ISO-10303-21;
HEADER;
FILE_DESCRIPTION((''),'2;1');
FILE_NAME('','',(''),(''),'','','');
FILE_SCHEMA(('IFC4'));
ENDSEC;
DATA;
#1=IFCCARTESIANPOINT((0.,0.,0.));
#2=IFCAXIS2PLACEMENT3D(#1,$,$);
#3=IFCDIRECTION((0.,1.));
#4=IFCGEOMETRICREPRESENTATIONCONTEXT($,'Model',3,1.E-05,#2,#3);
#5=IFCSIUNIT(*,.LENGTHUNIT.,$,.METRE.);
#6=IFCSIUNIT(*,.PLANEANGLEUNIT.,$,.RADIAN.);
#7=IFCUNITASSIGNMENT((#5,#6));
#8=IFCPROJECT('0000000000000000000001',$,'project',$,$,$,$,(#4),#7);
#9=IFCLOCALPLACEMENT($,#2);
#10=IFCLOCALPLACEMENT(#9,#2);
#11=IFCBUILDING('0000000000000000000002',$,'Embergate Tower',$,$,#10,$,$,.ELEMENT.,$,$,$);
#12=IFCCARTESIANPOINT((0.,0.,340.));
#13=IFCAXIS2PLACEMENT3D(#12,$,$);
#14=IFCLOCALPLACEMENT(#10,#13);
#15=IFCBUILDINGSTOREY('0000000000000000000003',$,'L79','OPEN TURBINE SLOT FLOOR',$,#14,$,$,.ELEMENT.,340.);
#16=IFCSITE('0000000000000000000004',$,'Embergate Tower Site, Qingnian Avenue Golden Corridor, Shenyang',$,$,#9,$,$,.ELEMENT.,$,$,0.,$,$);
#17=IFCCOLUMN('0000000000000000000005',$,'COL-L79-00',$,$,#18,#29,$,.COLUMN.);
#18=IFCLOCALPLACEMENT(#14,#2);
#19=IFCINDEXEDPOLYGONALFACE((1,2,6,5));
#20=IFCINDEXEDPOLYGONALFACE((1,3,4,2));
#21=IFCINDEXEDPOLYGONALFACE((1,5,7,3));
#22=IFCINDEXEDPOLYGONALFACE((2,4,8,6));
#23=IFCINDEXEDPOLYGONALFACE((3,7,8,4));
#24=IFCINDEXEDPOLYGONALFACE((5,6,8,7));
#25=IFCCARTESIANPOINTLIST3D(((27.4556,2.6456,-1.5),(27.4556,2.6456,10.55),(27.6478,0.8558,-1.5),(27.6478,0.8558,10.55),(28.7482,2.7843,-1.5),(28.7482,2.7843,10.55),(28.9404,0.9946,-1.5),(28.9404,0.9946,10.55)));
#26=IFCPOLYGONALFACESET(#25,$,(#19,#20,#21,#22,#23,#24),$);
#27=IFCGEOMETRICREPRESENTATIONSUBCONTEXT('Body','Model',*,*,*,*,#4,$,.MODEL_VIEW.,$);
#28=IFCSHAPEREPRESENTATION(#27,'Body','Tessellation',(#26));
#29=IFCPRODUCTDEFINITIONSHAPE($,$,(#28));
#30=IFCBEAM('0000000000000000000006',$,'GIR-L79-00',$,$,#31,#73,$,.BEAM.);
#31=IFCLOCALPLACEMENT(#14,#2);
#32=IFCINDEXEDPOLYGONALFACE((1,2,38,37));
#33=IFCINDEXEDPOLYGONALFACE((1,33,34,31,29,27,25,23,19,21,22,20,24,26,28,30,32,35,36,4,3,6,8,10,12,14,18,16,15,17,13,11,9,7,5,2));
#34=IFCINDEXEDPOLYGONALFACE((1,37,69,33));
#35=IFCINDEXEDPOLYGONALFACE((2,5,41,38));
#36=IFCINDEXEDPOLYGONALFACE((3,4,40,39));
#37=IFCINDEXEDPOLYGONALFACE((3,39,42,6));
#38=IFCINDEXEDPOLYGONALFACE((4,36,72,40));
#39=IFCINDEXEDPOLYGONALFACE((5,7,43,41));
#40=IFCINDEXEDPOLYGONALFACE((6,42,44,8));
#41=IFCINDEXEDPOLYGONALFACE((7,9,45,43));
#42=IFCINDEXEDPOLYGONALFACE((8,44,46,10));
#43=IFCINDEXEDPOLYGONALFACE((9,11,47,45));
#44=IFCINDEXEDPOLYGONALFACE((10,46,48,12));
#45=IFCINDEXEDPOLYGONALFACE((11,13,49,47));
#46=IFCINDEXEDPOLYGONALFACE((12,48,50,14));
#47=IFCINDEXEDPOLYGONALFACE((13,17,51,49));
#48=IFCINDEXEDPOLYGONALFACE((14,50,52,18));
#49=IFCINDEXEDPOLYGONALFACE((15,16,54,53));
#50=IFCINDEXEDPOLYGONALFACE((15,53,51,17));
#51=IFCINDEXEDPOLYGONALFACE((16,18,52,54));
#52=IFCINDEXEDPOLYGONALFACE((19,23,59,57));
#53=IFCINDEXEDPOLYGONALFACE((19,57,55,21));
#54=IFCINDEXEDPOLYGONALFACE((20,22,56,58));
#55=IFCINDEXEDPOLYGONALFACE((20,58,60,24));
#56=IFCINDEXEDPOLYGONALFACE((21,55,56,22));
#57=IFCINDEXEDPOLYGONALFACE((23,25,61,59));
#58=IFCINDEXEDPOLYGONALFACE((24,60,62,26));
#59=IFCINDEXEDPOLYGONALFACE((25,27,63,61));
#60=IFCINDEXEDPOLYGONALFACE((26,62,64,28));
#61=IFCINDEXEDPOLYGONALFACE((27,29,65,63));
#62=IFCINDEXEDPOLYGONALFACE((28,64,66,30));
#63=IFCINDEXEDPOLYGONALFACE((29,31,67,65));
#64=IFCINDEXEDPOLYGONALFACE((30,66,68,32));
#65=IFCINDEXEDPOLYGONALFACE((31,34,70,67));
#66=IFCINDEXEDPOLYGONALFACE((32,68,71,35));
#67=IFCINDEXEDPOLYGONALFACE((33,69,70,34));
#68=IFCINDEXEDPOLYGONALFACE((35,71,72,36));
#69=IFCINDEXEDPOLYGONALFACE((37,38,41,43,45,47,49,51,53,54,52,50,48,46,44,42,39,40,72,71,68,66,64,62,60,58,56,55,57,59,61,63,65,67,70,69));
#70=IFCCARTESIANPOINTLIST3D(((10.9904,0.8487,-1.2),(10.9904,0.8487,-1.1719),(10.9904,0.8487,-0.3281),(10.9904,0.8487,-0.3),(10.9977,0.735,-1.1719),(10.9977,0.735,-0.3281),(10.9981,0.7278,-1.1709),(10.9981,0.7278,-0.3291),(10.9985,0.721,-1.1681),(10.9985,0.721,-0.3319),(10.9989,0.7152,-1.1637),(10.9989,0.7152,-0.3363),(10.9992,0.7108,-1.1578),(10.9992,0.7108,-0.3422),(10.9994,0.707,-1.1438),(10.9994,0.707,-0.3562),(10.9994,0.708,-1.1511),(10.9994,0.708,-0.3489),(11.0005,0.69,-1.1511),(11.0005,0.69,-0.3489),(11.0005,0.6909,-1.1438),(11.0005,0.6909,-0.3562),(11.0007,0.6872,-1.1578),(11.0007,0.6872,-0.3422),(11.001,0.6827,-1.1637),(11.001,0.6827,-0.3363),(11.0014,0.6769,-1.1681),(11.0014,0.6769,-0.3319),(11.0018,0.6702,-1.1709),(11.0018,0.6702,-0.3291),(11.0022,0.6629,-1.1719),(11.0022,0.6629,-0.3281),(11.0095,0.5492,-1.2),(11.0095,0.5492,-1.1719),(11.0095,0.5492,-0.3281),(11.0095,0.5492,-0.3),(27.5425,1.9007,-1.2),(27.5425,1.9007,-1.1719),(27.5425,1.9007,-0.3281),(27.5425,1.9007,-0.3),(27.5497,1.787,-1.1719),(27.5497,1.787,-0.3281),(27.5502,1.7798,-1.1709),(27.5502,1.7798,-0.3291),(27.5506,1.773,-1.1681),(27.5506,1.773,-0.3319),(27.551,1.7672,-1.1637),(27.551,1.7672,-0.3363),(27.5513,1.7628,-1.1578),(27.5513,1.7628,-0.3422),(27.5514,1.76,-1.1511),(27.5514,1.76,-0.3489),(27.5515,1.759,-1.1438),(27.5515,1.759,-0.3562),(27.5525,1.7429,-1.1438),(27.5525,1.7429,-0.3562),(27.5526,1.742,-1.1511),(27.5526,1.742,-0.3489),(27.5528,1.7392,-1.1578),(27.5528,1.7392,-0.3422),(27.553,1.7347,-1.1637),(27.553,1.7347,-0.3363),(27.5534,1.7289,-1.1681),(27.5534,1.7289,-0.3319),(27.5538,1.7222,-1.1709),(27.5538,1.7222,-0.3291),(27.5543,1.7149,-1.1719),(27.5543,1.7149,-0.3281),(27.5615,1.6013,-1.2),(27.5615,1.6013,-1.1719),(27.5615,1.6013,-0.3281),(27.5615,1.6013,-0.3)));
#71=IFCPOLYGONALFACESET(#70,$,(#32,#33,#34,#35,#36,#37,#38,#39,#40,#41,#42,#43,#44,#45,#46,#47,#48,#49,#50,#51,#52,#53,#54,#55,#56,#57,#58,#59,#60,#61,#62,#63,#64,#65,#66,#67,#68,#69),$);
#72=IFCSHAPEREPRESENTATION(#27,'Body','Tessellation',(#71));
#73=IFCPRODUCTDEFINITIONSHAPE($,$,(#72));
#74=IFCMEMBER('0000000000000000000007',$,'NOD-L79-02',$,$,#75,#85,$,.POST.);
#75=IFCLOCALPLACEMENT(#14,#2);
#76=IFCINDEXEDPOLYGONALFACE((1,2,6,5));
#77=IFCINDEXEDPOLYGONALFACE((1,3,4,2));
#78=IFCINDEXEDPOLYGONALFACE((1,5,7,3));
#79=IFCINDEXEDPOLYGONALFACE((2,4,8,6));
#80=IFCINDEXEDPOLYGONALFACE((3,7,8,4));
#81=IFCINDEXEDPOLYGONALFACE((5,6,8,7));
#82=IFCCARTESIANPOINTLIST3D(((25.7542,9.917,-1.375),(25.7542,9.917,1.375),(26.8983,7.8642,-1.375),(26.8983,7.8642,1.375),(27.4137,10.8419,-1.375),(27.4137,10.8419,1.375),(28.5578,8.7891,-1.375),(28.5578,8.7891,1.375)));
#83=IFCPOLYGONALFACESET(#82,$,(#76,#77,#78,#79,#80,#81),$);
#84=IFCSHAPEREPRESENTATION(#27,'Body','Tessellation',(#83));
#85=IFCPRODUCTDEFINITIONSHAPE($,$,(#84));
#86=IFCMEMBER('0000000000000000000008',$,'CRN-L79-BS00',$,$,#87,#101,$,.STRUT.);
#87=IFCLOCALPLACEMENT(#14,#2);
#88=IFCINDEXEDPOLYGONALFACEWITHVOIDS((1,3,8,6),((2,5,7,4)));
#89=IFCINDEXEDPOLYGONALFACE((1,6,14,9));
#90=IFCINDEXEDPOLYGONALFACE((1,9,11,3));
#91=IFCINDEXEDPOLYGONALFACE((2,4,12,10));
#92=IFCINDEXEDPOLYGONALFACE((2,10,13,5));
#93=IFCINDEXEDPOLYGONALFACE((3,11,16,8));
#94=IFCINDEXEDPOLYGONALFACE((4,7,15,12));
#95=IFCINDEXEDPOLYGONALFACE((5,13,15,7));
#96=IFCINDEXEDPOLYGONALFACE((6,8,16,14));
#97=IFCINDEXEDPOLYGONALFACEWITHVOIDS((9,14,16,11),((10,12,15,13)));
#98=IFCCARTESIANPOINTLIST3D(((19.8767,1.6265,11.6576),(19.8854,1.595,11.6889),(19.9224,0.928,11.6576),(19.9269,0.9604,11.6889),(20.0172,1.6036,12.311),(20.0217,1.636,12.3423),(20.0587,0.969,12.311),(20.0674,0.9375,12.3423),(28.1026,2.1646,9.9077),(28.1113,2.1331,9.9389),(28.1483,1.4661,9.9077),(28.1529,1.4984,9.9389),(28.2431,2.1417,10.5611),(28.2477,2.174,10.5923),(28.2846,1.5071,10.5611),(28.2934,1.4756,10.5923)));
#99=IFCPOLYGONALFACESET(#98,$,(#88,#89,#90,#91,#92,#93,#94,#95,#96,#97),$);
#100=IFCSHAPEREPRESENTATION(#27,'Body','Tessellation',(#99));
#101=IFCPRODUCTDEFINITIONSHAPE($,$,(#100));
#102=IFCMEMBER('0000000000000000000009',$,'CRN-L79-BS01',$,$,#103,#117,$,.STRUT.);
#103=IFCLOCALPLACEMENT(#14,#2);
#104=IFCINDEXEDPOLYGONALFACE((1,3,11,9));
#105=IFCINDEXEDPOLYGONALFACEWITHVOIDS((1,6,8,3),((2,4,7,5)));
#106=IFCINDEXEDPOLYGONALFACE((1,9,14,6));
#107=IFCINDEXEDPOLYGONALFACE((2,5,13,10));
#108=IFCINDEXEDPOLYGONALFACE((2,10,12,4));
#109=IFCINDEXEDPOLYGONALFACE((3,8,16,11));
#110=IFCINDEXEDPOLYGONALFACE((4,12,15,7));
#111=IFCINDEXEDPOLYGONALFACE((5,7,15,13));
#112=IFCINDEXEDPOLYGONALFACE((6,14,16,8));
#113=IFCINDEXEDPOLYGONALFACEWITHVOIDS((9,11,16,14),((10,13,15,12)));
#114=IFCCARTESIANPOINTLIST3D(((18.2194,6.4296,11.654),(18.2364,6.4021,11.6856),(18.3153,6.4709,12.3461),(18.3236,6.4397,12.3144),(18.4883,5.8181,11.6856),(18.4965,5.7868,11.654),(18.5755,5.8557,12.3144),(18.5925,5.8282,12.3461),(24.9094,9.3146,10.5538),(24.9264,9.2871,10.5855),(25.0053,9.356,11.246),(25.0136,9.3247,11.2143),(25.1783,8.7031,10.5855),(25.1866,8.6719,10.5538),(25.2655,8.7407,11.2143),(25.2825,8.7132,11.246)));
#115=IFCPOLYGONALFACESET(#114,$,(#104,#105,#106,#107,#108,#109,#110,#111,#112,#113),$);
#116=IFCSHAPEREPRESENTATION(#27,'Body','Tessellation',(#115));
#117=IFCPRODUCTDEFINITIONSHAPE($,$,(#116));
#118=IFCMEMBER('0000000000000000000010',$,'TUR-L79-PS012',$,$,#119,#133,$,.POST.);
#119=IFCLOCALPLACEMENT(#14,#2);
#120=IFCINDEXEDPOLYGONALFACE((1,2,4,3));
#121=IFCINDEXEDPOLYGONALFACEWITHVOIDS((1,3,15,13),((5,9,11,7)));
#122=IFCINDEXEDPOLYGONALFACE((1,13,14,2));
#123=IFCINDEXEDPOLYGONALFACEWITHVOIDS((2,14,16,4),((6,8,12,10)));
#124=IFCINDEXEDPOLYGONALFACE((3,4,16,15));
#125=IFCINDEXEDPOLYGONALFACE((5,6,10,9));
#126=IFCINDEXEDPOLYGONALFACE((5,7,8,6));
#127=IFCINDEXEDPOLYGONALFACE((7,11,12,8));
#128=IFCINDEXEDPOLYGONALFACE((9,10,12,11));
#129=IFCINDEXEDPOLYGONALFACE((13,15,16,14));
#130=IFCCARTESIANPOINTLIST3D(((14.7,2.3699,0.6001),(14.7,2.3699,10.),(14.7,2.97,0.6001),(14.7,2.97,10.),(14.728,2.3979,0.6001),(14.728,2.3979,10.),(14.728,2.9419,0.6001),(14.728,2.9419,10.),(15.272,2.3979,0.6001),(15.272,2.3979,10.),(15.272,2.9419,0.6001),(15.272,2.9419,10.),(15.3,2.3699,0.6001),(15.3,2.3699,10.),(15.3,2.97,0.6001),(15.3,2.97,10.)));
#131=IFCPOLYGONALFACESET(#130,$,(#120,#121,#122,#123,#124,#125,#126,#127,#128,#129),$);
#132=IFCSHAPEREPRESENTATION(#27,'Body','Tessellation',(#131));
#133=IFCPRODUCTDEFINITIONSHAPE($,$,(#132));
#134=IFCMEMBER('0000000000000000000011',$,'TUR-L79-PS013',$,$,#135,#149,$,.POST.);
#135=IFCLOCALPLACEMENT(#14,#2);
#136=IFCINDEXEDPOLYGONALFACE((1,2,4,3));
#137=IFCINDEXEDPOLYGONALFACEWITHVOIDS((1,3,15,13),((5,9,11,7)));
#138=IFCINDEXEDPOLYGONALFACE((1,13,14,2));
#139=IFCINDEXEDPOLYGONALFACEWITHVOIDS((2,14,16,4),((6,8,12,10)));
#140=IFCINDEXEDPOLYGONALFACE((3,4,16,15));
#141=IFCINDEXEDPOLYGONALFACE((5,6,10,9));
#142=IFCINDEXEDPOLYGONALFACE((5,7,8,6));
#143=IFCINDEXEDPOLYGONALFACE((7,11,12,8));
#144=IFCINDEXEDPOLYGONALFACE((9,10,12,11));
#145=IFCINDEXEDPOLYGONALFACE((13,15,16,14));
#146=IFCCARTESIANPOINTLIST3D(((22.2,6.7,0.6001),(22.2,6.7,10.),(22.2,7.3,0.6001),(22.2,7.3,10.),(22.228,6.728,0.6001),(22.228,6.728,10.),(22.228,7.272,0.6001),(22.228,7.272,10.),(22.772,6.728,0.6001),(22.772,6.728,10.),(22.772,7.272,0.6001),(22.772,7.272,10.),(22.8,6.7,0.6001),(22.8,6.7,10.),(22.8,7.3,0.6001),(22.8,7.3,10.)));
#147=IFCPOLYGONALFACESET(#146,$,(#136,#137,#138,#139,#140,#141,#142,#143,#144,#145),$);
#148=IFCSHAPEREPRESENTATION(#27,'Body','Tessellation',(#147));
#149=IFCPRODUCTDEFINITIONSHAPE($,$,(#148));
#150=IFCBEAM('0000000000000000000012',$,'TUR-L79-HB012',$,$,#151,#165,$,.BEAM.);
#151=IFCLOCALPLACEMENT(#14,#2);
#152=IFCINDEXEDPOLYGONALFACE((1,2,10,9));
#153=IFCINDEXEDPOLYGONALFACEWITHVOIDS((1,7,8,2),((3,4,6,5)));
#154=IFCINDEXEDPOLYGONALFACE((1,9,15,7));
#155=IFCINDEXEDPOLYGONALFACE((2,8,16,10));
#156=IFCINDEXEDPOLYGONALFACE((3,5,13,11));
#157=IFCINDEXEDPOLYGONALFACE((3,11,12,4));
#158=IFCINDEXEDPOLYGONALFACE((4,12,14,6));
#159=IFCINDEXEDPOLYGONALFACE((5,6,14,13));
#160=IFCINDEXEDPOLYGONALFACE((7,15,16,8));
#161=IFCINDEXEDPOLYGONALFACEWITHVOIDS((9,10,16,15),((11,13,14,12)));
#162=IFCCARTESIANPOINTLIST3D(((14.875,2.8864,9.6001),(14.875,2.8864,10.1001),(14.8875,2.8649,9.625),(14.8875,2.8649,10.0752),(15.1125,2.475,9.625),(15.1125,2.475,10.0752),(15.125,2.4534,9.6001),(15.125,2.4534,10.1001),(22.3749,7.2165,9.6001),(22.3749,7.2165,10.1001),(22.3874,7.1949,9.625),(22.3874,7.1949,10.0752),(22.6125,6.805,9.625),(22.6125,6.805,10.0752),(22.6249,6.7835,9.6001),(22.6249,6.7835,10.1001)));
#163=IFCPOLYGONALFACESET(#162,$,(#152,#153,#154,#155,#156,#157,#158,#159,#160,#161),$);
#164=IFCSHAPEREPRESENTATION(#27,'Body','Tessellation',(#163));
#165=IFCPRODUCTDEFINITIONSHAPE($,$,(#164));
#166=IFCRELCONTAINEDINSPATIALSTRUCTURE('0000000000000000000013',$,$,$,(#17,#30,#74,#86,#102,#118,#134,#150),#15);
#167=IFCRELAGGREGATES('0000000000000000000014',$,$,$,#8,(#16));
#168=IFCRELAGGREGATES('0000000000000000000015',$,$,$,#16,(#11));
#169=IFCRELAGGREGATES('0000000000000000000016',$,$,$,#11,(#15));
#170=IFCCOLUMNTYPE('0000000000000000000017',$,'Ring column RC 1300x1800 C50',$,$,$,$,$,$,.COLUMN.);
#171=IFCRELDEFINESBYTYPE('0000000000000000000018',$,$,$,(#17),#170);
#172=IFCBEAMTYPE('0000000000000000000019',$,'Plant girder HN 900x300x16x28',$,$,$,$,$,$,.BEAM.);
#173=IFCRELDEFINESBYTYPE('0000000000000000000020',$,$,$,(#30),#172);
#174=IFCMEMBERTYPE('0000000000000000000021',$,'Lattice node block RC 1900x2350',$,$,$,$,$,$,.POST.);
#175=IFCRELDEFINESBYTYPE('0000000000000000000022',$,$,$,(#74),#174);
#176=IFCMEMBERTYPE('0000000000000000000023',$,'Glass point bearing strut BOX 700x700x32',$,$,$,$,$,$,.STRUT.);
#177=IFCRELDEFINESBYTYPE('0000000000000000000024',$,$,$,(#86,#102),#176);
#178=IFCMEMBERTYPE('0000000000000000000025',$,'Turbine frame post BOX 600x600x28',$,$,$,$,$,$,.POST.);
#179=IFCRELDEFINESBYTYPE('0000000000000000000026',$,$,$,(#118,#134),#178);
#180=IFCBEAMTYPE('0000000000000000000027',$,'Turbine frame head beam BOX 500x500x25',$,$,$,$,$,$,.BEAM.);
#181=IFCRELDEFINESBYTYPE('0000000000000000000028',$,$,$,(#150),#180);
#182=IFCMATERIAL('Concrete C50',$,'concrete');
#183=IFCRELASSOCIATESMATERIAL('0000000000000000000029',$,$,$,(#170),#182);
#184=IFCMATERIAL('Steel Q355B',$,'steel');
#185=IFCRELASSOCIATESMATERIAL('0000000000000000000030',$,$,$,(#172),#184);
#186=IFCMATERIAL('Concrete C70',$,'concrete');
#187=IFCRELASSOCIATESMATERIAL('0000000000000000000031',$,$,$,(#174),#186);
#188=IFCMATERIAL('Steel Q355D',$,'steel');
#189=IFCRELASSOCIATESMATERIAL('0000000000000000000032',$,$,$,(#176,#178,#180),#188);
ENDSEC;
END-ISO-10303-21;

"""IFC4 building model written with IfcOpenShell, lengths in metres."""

from ifc_helpers import new_model, si_unit, direction, frame, origin, origin_2d, place, context, subcontext, project, spatial, rectangle, hollow_rectangle, i_section, extrude, source, transform, mapped, material, material_profile, profile_set, type_object, element, save


model = new_model("IFC4")

# Units and contexts
model_context = context("Model", 3, precision=1e-05, world=origin(), true_north=direction((0.0, 1.0)))
body_context = subcontext(model_context, "Body", "Model", "MODEL_VIEW")
ifc_project = project(units=[si_unit("LENGTHUNIT", "METRE"), si_unit("PLANEANGLEUNIT", "RADIAN")], contexts=[model_context])

# Site, building, storey
site_placement = place(None, origin())
site = spatial("IfcSite", under=ifc_project, at=site_placement, Name="Embergate Tower Site, Qingnian Avenue Golden Corridor, Shenyang", CompositionType="ELEMENT", RefElevation=0.0)
building_placement = place(site_placement, origin())
building = spatial("IfcBuilding", under=site, at=building_placement, Name="Embergate Tower", CompositionType="ELEMENT")
storey_placement = place(building_placement, frame((0.0, 0.0, 340.0)))
storey = spatial("IfcBuildingStorey", under=building, at=storey_placement, Name="L79", Description="OPEN TURBINE SLOT FLOOR", CompositionType="ELEMENT", Elevation=340.0)

# Column
ifc_material_1 = material(Name="Concrete C50", Category="concrete")
ifc_material_profile_1 = material_profile(ifc_material_1, rectangle(XDim=1.3, YDim=1.8, at=origin_2d()), Name="RC 1300x1800")
ifc_profile_set_1 = profile_set([ifc_material_profile_1], Name="Concrete C50")
column_type = type_object("IfcColumnType", Name="Ring column RC 1300x1800 C50", PredefinedType="COLUMN", material=ifc_profile_set_1)
shared_shape_1 = source(origin(), body_context, "Body", "SweptSolid", [
    extrude(rectangle(XDim=1.3, YDim=1.8, at=origin_2d()), origin(), (0.0, 0.0, 1.0), 12.05),
])
column_placement = place(storey_placement, frame((28.198, 1.8201, -1.5), z_axis=(0.0, 0.0, 1.0), x_axis=(0.994286, 0.10675, 0.0)))
element("IfcColumn", 1, at=column_placement, inside=storey, type_object=column_type, Name="COL-L79-00", PredefinedType="COLUMN", context=body_context, shape_type="MappedRepresentation", body=[
    mapped(shared_shape_1, transform((0.0, 0.0, 0.0))),
])

# Beam
ifc_material_2 = material(Name="Steel Q355B", Category="steel")
ifc_material_profile_2 = material_profile(ifc_material_2, i_section(OverallWidth=0.3, OverallDepth=0.8999, WebThickness=0.0161, FlangeThickness=0.0281, FilletRadius=0.0281, at=origin_2d()), Name="HN 900x300x16x28")
ifc_profile_set_2 = profile_set([ifc_material_profile_2], Name="Steel Q355 grade B")
beam_type_1 = type_object("IfcBeamType", Name="Plant girder HN 900x300x16x28", PredefinedType="BEAM", material=ifc_profile_set_2)
shared_shape_2 = source(origin(), body_context, "Body", "SweptSolid", [
    extrude(i_section(OverallWidth=0.3, OverallDepth=0.8999, WebThickness=0.0161, FlangeThickness=0.0281, FilletRadius=0.0281, at=origin_2d()), origin(), (0.0, 0.0, 1.0), 16.5854),
])
beam_placement = place(storey_placement, frame((27.552, 1.751, -0.75), z_axis=(-0.997986, -0.063429, 0.0), x_axis=(0.063429, -0.997986, 0.0)))
element("IfcBeam", 2, at=beam_placement, inside=storey, type_object=beam_type_1, Name="GIR-L79-00", PredefinedType="BEAM", context=body_context, shape_type="MappedRepresentation", body=[
    mapped(shared_shape_2, transform((0.0, 0.0, 0.0))),
])

# Members
ifc_material_3 = material(Name="Concrete C70", Category="concrete")
ifc_material_profile_3 = material_profile(ifc_material_3, rectangle(XDim=1.8999, YDim=2.3501, at=origin_2d()), Name="RC 1900x2350")
ifc_profile_set_3 = profile_set([ifc_material_profile_3], Name="Concrete C70")
member_type_1 = type_object("IfcMemberType", Name="Lattice node block RC 1900x2350", PredefinedType="POST", material=ifc_profile_set_3)
shared_shape_3 = source(origin(), body_context, "Body", "SweptSolid", [
    extrude(rectangle(XDim=1.8999, YDim=2.3501, at=origin_2d()), origin(), (0.0, 0.0, 1.0), 2.75),
])
member_1_placement = place(storey_placement, frame((27.156, 9.353, -1.375), z_axis=(0.0, 0.0, 1.0), x_axis=(0.873492, 0.486839, 0.0)))
element("IfcMember", 3, at=member_1_placement, inside=storey, type_object=member_type_1, Name="NOD-L79-02", PredefinedType="POST", context=body_context, shape_type="MappedRepresentation", body=[
    mapped(shared_shape_3, transform((0.0, 0.0, 0.0))),
])
ifc_material_4 = material(Name="Steel Q355D", Category="steel")
ifc_material_profile_4 = material_profile(ifc_material_4, hollow_rectangle(XDim=0.7, YDim=0.7, WallThickness=0.032, at=origin_2d()), Name="BOX 700x700x32")
ifc_profile_set_4 = profile_set([ifc_material_profile_4], Name="Steel Q355 grade D")
member_type_2 = type_object("IfcMemberType", Name="Glass point bearing strut BOX 700x700x32", PredefinedType="STRUT", material=ifc_profile_set_4)
shared_shape_4 = source(origin(), body_context, "Body", "SweptSolid", [
    extrude(hollow_rectangle(XDim=0.7, YDim=0.7, WallThickness=0.032, at=origin_2d()), origin(), (0.0, 0.0, 1.0), 8.4272),
])
member_2_placement = place(storey_placement, frame((28.198, 1.8201, 10.25), z_axis=(-0.976116, -0.06385, 0.207657), x_axis=(0.065273, -0.997867, 0.0)))
element("IfcMember", 4, at=member_2_placement, inside=storey, type_object=member_type_2, Name="CRN-L79-BS00", PredefinedType="STRUT", context=body_context, shape_type="MappedRepresentation", body=[
    mapped(shared_shape_4, transform((0.0, 0.0, 0.0))),
])
shared_shape_5 = source(origin(), body_context, "Body", "SweptSolid", [
    extrude(hollow_rectangle(XDim=0.7, YDim=0.7, WallThickness=0.032, at=origin_2d()), origin(), (0.0, 0.0, 1.0), 7.3682),
])
member_3_placement = place(storey_placement, frame((25.0959, 9.0139, 10.8999), z_axis=(-0.907961, -0.391554, 0.149306), x_axis=(0.395993, -0.918254, 0.0)))
element("IfcMember", 5, at=member_3_placement, inside=storey, type_object=member_type_2, Name="CRN-L79-BS01", PredefinedType="STRUT", context=body_context, shape_type="MappedRepresentation", body=[
    mapped(shared_shape_5, transform((0.0, 0.0, 0.0))),
])
ifc_material_profile_5 = material_profile(ifc_material_4, hollow_rectangle(XDim=0.6001, YDim=0.6001, WallThickness=0.0281, at=origin_2d()), Name="BOX 600x600x28")
ifc_profile_set_5 = profile_set([ifc_material_profile_5], Name="Steel Q355 grade D")
member_type_3 = type_object("IfcMemberType", Name="Turbine frame post BOX 600x600x28", PredefinedType="POST", material=ifc_profile_set_5)
shared_shape_6 = source(origin(), body_context, "Body", "SweptSolid", [
    extrude(hollow_rectangle(XDim=0.6001, YDim=0.6001, WallThickness=0.0281, at=origin_2d()), origin(), (0.0, 0.0, 1.0), 9.3999),
])
for number, where, z_axis, x_axis, name in (
    (6, (15.0, 2.6699, 0.6001), (0.0, 0.0, 1.0), (1.0, 0.0, 0.0), "TUR-L79-PS012"),
    (7, (22.5, 7.0, 0.6001), (0.0, 0.0, 1.0), (1.0, 0.0, 0.0), "TUR-L79-PS013"),
):
    element("IfcMember", number, at=place(storey_placement, frame(where, z_axis=z_axis, x_axis=x_axis)), inside=storey, type_object=member_type_3, Name=name, PredefinedType="POST", context=body_context, shape_type="MappedRepresentation", body=[
        mapped(shared_shape_6, transform((0.0, 0.0, 0.0))),
    ])

# Beam
ifc_material_profile_6 = material_profile(ifc_material_4, hollow_rectangle(XDim=0.5, YDim=0.5, WallThickness=0.0249, at=origin_2d()), Name="BOX 500x500x25")
ifc_profile_set_6 = profile_set([ifc_material_profile_6], Name="Steel Q355 grade D")
beam_type_2 = type_object("IfcBeamType", Name="Turbine frame head beam BOX 500x500x25", PredefinedType="BEAM", material=ifc_profile_set_6)
shared_shape_7 = source(origin(), body_context, "Body", "SweptSolid", [
    extrude(hollow_rectangle(XDim=0.5, YDim=0.5, WallThickness=0.0249, at=origin_2d()), origin(), (0.0, 0.0, 1.0), 8.6602),
])
for number, where, z_axis, x_axis, name in (
    (8, (15.0, 2.6699, 9.8501), (0.866028, 0.499996, 0.0), (-0.499996, 0.866028, 0.0), "TUR-L79-HB012"),
):
    element("IfcBeam", number, at=place(storey_placement, frame(where, z_axis=z_axis, x_axis=x_axis)), inside=storey, type_object=beam_type_2, Name=name, PredefinedType="BEAM", context=body_context, shape_type="MappedRepresentation", body=[
        mapped(shared_shape_7, transform((0.0, 0.0, 0.0))),
    ])

save(model, "model.ifc")
